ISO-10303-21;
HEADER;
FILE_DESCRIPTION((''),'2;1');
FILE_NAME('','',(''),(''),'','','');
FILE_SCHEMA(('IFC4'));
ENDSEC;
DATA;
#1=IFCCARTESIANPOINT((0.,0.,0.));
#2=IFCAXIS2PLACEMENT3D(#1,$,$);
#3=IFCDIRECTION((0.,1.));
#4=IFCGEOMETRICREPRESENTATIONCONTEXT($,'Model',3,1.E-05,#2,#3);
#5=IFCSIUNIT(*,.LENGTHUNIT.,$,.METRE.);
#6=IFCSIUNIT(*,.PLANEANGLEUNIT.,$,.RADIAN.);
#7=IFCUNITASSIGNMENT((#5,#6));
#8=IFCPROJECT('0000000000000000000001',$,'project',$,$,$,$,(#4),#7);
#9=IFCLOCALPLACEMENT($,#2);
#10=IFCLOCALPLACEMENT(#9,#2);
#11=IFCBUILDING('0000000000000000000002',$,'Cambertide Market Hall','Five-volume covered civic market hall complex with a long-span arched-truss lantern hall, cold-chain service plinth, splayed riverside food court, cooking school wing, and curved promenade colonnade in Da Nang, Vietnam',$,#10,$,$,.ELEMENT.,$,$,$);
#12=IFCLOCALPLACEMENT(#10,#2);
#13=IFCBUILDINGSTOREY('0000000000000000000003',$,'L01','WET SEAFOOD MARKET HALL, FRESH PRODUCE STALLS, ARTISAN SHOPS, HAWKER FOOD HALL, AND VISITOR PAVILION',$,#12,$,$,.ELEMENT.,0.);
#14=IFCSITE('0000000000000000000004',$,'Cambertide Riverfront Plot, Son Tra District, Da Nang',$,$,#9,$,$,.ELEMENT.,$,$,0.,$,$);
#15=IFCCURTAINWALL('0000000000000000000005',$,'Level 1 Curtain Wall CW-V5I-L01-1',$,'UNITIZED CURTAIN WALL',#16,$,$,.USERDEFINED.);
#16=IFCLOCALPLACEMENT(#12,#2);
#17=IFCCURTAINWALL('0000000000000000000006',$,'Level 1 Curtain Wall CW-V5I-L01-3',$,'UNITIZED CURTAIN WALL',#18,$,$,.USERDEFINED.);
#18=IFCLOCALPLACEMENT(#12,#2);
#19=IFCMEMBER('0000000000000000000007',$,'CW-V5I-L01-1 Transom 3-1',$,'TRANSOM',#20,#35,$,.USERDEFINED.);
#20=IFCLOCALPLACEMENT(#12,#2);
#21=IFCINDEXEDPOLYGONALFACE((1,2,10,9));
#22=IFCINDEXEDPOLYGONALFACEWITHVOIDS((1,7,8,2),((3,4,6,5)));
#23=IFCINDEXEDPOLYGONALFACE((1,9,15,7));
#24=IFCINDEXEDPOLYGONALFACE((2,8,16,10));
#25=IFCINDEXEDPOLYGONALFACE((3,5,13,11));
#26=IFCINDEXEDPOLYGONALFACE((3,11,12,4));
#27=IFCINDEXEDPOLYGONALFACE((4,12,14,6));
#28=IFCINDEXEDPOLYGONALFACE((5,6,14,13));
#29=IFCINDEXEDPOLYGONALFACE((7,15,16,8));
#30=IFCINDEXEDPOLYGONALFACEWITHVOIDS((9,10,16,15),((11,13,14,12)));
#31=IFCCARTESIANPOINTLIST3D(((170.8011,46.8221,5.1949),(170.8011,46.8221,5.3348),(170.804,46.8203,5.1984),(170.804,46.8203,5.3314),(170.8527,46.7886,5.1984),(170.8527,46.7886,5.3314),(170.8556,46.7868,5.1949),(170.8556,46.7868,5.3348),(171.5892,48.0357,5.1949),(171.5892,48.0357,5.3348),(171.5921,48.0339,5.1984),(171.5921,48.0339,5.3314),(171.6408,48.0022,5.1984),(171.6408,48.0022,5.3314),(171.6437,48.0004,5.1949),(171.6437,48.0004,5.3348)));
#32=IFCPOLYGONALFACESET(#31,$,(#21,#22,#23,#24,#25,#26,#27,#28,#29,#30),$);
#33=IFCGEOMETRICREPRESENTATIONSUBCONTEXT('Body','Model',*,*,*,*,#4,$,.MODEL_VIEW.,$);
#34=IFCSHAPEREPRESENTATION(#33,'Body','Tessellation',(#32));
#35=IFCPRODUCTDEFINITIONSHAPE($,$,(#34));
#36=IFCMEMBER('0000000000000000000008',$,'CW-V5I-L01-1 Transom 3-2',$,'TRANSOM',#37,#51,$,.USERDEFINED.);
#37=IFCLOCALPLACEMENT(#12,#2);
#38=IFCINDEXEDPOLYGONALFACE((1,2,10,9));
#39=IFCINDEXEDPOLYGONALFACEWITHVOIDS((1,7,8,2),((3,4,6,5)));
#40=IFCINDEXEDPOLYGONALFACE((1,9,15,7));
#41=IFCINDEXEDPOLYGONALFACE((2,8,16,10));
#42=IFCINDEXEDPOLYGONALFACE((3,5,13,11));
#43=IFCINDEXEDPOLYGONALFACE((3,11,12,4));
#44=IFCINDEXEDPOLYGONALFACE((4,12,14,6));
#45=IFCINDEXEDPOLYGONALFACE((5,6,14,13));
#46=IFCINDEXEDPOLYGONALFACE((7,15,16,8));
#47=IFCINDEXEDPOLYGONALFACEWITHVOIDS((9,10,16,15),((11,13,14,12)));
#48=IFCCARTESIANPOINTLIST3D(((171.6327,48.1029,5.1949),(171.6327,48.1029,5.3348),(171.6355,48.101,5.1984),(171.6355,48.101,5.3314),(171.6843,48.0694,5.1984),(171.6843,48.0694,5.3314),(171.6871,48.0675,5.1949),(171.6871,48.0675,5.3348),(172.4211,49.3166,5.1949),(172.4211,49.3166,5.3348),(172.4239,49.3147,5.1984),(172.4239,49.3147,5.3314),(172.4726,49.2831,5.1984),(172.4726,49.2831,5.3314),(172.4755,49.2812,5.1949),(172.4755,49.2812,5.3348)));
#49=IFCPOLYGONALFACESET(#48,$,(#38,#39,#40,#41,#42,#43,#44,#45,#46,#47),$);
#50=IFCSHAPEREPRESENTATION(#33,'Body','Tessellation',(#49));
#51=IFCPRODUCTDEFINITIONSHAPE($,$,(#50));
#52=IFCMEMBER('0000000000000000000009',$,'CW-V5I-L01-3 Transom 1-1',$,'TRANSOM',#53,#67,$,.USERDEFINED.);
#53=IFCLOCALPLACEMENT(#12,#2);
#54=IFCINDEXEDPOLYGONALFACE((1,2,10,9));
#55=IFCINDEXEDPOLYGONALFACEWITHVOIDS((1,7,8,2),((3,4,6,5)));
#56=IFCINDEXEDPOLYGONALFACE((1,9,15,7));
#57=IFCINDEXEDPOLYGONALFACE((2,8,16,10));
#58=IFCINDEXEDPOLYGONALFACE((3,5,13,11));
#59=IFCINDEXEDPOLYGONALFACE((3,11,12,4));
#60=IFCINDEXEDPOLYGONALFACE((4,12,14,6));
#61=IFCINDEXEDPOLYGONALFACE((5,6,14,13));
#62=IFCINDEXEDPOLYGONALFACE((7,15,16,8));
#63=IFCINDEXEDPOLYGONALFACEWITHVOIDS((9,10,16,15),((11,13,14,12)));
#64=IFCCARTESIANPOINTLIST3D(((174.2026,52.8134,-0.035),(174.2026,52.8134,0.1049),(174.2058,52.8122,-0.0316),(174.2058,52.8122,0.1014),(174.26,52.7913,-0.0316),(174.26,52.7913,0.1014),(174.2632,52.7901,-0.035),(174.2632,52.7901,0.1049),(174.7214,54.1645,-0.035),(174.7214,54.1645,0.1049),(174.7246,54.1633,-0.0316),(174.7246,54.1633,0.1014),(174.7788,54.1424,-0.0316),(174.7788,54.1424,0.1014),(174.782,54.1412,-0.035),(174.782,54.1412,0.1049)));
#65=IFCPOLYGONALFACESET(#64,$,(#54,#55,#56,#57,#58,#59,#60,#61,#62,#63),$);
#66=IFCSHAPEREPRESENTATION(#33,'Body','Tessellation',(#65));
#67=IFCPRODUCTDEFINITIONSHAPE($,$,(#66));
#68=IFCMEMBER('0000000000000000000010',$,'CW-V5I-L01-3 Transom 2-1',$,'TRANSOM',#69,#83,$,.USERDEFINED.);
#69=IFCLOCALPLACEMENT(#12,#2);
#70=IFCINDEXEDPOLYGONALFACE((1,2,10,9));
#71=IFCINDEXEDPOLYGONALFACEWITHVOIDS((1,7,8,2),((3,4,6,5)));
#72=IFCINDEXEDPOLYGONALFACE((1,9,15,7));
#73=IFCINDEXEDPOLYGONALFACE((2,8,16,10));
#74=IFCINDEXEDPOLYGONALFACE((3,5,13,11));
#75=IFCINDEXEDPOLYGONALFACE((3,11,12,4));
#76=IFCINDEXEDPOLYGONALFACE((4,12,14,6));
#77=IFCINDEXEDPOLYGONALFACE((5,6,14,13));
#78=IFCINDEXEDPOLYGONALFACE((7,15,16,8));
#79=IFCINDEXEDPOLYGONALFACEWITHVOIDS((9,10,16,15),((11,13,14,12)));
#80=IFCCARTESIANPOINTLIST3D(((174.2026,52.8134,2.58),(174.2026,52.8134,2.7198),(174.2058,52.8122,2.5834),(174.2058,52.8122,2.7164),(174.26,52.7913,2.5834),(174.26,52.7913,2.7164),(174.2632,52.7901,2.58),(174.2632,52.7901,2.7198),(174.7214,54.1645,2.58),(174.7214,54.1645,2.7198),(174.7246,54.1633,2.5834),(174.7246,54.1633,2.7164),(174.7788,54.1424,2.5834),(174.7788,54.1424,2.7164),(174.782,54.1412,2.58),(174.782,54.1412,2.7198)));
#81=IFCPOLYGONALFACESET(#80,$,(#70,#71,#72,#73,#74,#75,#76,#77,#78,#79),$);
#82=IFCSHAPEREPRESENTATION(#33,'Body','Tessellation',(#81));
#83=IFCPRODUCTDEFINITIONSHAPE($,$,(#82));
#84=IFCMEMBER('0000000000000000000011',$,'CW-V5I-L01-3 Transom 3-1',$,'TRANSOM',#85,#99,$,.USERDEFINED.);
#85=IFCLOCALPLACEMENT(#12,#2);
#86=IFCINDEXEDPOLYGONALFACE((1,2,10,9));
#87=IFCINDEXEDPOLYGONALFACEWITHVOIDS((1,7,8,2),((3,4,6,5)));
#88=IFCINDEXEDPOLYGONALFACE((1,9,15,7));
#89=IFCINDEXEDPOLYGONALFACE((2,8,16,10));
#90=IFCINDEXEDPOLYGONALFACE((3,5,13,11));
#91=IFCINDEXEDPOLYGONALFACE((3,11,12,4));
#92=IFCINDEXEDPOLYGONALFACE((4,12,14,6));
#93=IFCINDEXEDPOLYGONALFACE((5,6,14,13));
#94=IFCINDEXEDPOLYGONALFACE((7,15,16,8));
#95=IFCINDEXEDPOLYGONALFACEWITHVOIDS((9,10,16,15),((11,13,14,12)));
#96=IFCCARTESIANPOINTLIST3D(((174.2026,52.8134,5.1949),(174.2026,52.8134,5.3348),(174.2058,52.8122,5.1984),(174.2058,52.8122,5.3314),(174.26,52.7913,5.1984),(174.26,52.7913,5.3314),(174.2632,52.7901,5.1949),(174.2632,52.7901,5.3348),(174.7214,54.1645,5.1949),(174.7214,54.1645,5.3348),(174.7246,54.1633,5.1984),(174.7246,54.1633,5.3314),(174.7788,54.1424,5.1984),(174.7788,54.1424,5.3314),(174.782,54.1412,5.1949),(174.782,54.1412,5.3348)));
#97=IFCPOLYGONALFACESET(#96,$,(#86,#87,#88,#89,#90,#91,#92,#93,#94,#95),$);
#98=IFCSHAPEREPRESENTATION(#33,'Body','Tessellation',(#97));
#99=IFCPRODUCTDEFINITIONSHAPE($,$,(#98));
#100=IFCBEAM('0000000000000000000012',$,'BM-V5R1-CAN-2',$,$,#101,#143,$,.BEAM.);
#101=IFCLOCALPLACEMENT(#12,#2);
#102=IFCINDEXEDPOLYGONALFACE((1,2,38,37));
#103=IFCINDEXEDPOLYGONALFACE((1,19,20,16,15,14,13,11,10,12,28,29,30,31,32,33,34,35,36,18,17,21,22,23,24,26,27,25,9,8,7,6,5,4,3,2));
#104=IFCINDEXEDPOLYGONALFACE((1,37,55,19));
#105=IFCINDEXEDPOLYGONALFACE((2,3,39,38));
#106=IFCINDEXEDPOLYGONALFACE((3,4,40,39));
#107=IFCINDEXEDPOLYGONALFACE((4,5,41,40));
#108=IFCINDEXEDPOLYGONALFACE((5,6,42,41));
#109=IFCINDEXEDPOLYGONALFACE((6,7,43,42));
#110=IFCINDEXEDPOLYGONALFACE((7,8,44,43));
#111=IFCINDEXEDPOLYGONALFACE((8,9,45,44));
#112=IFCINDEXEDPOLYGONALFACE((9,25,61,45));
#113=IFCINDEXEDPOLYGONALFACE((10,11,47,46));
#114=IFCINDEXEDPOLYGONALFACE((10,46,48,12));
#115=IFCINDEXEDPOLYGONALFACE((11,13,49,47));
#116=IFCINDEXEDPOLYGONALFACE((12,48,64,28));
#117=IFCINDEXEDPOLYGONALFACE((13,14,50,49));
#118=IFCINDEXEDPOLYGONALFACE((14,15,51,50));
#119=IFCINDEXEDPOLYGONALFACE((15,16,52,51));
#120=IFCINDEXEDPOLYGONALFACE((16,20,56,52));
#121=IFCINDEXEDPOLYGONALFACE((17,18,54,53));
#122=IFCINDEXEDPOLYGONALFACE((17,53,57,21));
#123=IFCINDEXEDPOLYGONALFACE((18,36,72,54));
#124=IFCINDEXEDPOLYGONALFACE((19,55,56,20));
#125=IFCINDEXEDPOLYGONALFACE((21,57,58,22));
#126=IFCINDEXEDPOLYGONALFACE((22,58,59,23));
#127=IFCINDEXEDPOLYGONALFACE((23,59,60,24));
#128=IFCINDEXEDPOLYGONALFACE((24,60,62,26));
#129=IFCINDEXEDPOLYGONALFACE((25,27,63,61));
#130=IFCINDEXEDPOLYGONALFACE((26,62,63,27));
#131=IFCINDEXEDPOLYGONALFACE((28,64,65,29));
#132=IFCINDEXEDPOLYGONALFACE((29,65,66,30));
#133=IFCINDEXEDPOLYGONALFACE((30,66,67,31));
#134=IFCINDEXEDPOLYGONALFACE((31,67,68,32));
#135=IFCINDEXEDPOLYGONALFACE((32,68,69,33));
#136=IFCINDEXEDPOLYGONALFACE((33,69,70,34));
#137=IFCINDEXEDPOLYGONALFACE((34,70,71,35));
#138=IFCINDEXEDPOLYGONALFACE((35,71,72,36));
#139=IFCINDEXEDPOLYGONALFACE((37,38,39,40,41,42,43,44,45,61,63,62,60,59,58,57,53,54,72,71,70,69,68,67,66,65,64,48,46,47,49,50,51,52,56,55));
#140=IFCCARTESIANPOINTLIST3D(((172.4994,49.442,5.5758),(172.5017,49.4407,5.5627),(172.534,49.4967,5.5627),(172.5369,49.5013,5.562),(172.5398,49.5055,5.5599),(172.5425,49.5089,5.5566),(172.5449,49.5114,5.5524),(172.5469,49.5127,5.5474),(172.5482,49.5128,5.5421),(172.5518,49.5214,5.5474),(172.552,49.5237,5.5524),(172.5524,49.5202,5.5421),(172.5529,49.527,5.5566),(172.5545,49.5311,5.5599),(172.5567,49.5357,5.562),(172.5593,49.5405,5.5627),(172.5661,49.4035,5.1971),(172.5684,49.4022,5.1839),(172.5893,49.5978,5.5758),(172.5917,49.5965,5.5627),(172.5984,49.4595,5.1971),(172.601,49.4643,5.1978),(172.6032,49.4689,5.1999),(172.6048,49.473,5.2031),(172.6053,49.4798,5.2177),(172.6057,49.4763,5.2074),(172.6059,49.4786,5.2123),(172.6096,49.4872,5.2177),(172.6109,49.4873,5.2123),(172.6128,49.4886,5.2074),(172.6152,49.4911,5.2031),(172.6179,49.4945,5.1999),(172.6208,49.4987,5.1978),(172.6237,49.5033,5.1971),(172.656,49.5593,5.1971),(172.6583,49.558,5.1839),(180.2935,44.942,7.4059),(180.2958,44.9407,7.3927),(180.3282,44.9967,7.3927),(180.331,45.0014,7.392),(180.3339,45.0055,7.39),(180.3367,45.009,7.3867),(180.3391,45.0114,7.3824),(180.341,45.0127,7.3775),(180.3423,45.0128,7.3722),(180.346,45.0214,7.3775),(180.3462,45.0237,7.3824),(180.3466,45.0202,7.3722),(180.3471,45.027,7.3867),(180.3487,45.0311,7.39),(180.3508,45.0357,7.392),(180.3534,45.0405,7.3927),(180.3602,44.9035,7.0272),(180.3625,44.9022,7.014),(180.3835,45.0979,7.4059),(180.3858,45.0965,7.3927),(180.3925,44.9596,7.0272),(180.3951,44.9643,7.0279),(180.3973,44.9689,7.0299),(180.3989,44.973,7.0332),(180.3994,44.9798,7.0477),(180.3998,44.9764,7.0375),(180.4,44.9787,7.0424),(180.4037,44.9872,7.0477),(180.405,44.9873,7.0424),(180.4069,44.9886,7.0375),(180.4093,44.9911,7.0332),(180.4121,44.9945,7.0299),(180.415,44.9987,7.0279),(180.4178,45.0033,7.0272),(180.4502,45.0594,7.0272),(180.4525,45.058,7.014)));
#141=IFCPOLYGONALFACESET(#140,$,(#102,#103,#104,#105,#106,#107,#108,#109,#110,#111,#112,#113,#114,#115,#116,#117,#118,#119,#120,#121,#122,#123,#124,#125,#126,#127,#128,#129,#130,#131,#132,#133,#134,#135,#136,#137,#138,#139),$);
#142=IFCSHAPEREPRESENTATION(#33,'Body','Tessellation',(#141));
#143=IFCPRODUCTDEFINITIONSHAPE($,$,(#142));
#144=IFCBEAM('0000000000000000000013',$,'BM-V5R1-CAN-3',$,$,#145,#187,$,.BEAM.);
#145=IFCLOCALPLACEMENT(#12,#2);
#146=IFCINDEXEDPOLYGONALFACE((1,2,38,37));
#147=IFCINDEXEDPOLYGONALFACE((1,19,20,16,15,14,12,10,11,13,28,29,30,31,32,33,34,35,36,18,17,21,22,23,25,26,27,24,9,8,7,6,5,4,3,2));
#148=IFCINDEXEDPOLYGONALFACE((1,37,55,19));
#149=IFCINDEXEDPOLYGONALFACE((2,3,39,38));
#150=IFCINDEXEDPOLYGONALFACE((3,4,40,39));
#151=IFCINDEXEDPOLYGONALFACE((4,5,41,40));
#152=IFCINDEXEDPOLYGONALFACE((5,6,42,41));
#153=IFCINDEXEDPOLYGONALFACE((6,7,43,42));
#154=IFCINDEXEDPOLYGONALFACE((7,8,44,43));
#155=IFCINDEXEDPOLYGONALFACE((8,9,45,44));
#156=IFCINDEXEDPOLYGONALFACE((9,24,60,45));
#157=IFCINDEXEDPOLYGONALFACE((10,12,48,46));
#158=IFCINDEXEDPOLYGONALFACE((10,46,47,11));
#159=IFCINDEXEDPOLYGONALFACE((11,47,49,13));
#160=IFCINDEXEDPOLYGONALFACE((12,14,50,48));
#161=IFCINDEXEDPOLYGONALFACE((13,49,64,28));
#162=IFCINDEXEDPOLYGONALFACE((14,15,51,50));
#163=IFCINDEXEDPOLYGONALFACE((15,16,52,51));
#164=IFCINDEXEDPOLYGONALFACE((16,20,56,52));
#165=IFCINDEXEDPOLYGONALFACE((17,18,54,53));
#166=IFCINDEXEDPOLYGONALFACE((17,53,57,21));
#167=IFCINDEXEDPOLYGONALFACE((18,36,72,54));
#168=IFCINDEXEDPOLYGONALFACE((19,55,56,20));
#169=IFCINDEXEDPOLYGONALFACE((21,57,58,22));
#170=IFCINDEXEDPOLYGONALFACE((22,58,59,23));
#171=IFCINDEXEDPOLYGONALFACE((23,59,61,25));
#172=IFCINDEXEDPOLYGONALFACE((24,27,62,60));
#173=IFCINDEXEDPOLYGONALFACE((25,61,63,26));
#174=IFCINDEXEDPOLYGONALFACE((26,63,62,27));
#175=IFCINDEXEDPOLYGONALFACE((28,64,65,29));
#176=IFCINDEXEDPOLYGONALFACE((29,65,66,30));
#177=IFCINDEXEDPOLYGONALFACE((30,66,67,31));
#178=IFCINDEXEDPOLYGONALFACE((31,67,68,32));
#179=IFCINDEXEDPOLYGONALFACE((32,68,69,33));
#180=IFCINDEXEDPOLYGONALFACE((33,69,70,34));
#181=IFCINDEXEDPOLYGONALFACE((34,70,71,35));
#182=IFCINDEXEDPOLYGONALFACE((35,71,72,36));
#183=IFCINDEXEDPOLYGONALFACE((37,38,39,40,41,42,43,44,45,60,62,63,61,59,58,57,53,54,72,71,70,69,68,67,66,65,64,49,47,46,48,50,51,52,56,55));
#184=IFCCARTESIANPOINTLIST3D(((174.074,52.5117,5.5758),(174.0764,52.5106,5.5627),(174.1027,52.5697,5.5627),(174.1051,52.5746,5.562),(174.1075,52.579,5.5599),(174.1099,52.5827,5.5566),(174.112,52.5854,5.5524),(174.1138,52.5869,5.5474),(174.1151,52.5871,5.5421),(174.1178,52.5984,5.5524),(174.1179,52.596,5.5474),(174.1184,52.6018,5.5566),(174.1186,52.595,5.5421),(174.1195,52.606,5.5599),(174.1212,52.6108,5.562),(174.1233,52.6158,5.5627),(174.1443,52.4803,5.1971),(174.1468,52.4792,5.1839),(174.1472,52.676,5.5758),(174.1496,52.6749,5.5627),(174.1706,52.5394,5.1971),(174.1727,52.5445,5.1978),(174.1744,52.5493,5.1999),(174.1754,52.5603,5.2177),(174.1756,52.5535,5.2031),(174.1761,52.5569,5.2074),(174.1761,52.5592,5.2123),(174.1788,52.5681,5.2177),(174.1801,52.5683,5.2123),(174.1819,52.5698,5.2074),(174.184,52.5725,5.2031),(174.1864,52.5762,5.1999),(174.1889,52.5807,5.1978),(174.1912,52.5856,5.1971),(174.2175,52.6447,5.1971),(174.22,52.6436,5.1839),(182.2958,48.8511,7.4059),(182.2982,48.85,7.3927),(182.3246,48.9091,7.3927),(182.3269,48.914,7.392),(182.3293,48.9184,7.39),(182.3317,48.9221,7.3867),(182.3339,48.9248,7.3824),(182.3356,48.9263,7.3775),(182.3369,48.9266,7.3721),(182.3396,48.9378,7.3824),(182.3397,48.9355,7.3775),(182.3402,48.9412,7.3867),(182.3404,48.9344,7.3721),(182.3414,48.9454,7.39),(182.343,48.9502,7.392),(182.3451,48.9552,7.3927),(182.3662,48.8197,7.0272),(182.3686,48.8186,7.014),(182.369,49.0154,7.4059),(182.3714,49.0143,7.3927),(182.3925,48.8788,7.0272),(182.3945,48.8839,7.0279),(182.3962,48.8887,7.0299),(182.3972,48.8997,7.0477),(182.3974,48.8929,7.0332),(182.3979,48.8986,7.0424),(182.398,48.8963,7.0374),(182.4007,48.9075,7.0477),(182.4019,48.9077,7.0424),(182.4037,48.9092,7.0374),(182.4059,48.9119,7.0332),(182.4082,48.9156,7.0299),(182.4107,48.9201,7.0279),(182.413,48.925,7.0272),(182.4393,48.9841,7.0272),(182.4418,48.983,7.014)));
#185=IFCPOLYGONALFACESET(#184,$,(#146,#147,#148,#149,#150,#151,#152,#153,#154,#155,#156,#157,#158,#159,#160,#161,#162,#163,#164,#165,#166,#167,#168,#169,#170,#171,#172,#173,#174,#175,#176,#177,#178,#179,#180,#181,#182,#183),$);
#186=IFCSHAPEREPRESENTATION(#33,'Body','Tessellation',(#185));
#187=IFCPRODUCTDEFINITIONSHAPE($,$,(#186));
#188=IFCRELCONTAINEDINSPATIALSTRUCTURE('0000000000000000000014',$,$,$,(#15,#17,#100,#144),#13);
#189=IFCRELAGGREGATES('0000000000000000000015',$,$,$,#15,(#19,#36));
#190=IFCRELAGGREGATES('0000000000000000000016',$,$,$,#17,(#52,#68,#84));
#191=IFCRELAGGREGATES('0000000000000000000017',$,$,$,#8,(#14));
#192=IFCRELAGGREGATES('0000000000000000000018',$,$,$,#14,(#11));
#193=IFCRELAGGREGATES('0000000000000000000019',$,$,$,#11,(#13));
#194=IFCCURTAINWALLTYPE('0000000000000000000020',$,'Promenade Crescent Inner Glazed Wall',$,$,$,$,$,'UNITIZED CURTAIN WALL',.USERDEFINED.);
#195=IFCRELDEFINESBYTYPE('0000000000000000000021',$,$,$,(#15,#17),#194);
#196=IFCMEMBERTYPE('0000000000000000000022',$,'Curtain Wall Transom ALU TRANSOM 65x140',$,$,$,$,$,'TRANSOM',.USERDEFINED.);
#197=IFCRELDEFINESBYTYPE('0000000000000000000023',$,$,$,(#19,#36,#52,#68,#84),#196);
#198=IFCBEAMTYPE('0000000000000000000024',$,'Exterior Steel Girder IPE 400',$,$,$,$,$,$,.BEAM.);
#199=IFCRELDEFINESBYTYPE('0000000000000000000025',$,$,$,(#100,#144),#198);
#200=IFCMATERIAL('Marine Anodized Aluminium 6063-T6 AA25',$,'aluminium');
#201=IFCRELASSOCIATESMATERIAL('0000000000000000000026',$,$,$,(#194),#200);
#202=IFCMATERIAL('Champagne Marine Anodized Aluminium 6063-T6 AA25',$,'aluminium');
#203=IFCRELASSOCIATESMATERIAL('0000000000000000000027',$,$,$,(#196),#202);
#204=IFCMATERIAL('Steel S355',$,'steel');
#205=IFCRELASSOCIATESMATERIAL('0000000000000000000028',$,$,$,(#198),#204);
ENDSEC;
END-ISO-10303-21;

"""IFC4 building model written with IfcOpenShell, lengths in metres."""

from ifc_helpers import new_model, si_unit, direction, frame, origin, origin_2d, place, context, subcontext, project, spatial, hollow_rectangle, i_section, extrude, material, material_profile, profile_set, type_object, element, aggregate, save


model = new_model("IFC4")

# Units and contexts
model_context = context("Model", 3, precision=1e-05, world=origin(), true_north=direction((0.0, 1.0)))
body_context = subcontext(model_context, "Body", "Model", "MODEL_VIEW")
ifc_project = project(units=[si_unit("LENGTHUNIT", "METRE"), si_unit("PLANEANGLEUNIT", "RADIAN")], contexts=[model_context])

# Site, building, storey
site_placement = place(None, origin())
site = spatial("IfcSite", under=ifc_project, at=site_placement, Name="Cambertide Riverfront Plot, Son Tra District, Da Nang", CompositionType="ELEMENT", RefElevation=0.0)
building_placement = place(site_placement, origin())
building = spatial("IfcBuilding", under=site, at=building_placement, Name="Cambertide Market Hall", Description="Five-volume covered civic market hall complex with a long-span arched-truss lantern hall, cold-chain service plinth, splayed riverside food court, cooking school wing, and curved promenade colonnade in Da Nang, Vietnam", CompositionType="ELEMENT")
storey_placement = place(building_placement, origin())
storey = spatial("IfcBuildingStorey", under=building, at=storey_placement, Name="L01", Description="WET SEAFOOD MARKET HALL, FRESH PRODUCE STALLS, ARTISAN SHOPS, HAWKER FOOD HALL, AND VISITOR PAVILION", CompositionType="ELEMENT", Elevation=0.0)

# Curtain wall
ifc_material_1 = material(Name="Marine Anodized Aluminium 6063-T6 AA25", Category="aluminium")
curtain_wall_type = type_object("IfcCurtainWallType", Name="Promenade Crescent Inner Glazed Wall", ElementType="UNITIZED CURTAIN WALL", PredefinedType="USERDEFINED", material=ifc_material_1)
curtain_wall_1_placement = place(storey_placement, origin())
curtain_wall_1 = element("IfcCurtainWall", 1, at=curtain_wall_1_placement, inside=storey, type_object=curtain_wall_type, Name="Level 1 Curtain Wall CW-V5I-L01-1", ObjectType="UNITIZED CURTAIN WALL", PredefinedType="USERDEFINED")

# Curtain wall
curtain_wall_2_placement = place(storey_placement, origin())
curtain_wall_2 = element("IfcCurtainWall", 2, at=curtain_wall_2_placement, inside=storey, type_object=curtain_wall_type, Name="Level 1 Curtain Wall CW-V5I-L01-3", ObjectType="UNITIZED CURTAIN WALL", PredefinedType="USERDEFINED")

# Members
ifc_material_2 = material(Name="Champagne Marine Anodized Aluminium 6063-T6 AA25", Category="aluminium")
ifc_material_profile_1 = material_profile(ifc_material_2, hollow_rectangle(XDim=0.0649, YDim=0.1399, WallThickness=0.0034, at=origin_2d()), Name="ALU TRANSOM 65x140")
ifc_profile_set_1 = profile_set([ifc_material_profile_1], Name="Champagne Marine Anodized Aluminium 6063-T6 AA25")
member_type_1 = type_object("IfcMemberType", Name="Curtain Wall Transom ALU TRANSOM 65x140", ElementType="TRANSOM", PredefinedType="USERDEFINED", material=ifc_profile_set_1)
member_1_placement = place(storey_placement, frame((170.8284, 46.8044, 5.2649), z_axis=(0.544615, 0.838686, 0.0), x_axis=(-0.838686, 0.544615, 0.0)))
member_1 = element("IfcMember", 3, at=member_1_placement, type_object=member_type_1, Name="CW-V5I-L01-1 Transom 3-1", ObjectType="TRANSOM", PredefinedType="USERDEFINED", context=body_context, shape_type="SweptSolid", body=[
    extrude(hollow_rectangle(XDim=0.0649, YDim=0.1399, WallThickness=0.0034, at=origin_2d()), origin(), (0.0, 0.0, 1.0), 1.447),
])
member_2_placement = place(storey_placement, frame((171.6599, 48.0852, 5.2649), z_axis=(0.544733, 0.838609, 0.0), x_axis=(-0.838609, 0.544733, 0.0)))
member_2 = element("IfcMember", 4, at=member_2_placement, type_object=member_type_1, Name="CW-V5I-L01-1 Transom 3-2", ObjectType="TRANSOM", PredefinedType="USERDEFINED", context=body_context, shape_type="SweptSolid", body=[
    extrude(hollow_rectangle(XDim=0.0649, YDim=0.1399, WallThickness=0.0034, at=origin_2d()), origin(), (0.0, 0.0, 1.0), 1.4473),
])
member_3_placement = place(storey_placement, frame((174.2329, 52.8018, 0.0349), z_axis=(0.35847, 0.933541, 0.0), x_axis=(-0.933541, 0.35847, 0.0)))
member_3 = element("IfcMember", 5, at=member_3_placement, type_object=member_type_1, Name="CW-V5I-L01-3 Transom 1-1", ObjectType="TRANSOM", PredefinedType="USERDEFINED", context=body_context, shape_type="SweptSolid", body=[
    extrude(hollow_rectangle(XDim=0.0649, YDim=0.1399, WallThickness=0.0034, at=origin_2d()), origin(), (0.0, 0.0, 1.0), 1.4473),
])
member_4_placement = place(storey_placement, frame((174.2329, 52.8018, 2.6499), z_axis=(0.35847, 0.933541, 0.0), x_axis=(-0.933541, 0.35847, 0.0)))
member_4 = element("IfcMember", 6, at=member_4_placement, type_object=member_type_1, Name="CW-V5I-L01-3 Transom 2-1", ObjectType="TRANSOM", PredefinedType="USERDEFINED", context=body_context, shape_type="SweptSolid", body=[
    extrude(hollow_rectangle(XDim=0.0649, YDim=0.1399, WallThickness=0.0034, at=origin_2d()), origin(), (0.0, 0.0, 1.0), 1.4473),
])
member_5_placement = place(storey_placement, frame((174.2329, 52.8018, 5.2649), z_axis=(0.35847, 0.933541, 0.0), x_axis=(-0.933541, 0.35847, 0.0)))
member_5 = element("IfcMember", 7, at=member_5_placement, type_object=member_type_1, Name="CW-V5I-L01-3 Transom 3-1", ObjectType="TRANSOM", PredefinedType="USERDEFINED", context=body_context, shape_type="SweptSolid", body=[
    extrude(hollow_rectangle(XDim=0.0649, YDim=0.1399, WallThickness=0.0034, at=origin_2d()), origin(), (0.0, 0.0, 1.0), 1.4473),
])

# Beams
ifc_material_3 = material(Name="Steel S355", Category="steel")
ifc_material_profile_2 = material_profile(ifc_material_3, i_section(OverallWidth=0.1799, OverallDepth=0.3999, WebThickness=0.0085, FlangeThickness=0.0134, FilletRadius=0.021, at=origin_2d()), Name="IPE 400")
ifc_profile_set_2 = profile_set([ifc_material_profile_2], Name="Steel S355")
beam_type_1 = type_object("IfcBeamType", Name="Exterior Steel Girder IPE 400", PredefinedType="BEAM", material=ifc_profile_set_2)
for number, where, z_axis, x_axis, name in (
    (8, (172.5789, 49.5, 5.3799), (0.848657, -0.489975, 0.199265), (0.500002, 0.866024, 0.0), "BM-V5R1-CAN-2"),
    (9, (174.147, 52.5776, 5.3799), (0.895225, -0.398581, 0.199264), (0.406737, 0.913545, 0.0), "BM-V5R1-CAN-3"),
):
    element("IfcBeam", number, at=place(storey_placement, frame(where, z_axis=z_axis, x_axis=x_axis)), inside=storey, type_object=beam_type_1, Name=name, PredefinedType="BEAM", context=body_context, shape_type="SweptSolid", body=[
        extrude(i_section(OverallWidth=0.1799, OverallDepth=0.3999, WebThickness=0.0085, FlangeThickness=0.0134, FilletRadius=0.021, at=origin_2d()), origin(), (0.0, 0.0, 1.0), 9.1841),
    ])

aggregate(curtain_wall_1, [member_1, member_2])
aggregate(curtain_wall_2, [member_3, member_4, member_5])

save(model, "model.ifc")
